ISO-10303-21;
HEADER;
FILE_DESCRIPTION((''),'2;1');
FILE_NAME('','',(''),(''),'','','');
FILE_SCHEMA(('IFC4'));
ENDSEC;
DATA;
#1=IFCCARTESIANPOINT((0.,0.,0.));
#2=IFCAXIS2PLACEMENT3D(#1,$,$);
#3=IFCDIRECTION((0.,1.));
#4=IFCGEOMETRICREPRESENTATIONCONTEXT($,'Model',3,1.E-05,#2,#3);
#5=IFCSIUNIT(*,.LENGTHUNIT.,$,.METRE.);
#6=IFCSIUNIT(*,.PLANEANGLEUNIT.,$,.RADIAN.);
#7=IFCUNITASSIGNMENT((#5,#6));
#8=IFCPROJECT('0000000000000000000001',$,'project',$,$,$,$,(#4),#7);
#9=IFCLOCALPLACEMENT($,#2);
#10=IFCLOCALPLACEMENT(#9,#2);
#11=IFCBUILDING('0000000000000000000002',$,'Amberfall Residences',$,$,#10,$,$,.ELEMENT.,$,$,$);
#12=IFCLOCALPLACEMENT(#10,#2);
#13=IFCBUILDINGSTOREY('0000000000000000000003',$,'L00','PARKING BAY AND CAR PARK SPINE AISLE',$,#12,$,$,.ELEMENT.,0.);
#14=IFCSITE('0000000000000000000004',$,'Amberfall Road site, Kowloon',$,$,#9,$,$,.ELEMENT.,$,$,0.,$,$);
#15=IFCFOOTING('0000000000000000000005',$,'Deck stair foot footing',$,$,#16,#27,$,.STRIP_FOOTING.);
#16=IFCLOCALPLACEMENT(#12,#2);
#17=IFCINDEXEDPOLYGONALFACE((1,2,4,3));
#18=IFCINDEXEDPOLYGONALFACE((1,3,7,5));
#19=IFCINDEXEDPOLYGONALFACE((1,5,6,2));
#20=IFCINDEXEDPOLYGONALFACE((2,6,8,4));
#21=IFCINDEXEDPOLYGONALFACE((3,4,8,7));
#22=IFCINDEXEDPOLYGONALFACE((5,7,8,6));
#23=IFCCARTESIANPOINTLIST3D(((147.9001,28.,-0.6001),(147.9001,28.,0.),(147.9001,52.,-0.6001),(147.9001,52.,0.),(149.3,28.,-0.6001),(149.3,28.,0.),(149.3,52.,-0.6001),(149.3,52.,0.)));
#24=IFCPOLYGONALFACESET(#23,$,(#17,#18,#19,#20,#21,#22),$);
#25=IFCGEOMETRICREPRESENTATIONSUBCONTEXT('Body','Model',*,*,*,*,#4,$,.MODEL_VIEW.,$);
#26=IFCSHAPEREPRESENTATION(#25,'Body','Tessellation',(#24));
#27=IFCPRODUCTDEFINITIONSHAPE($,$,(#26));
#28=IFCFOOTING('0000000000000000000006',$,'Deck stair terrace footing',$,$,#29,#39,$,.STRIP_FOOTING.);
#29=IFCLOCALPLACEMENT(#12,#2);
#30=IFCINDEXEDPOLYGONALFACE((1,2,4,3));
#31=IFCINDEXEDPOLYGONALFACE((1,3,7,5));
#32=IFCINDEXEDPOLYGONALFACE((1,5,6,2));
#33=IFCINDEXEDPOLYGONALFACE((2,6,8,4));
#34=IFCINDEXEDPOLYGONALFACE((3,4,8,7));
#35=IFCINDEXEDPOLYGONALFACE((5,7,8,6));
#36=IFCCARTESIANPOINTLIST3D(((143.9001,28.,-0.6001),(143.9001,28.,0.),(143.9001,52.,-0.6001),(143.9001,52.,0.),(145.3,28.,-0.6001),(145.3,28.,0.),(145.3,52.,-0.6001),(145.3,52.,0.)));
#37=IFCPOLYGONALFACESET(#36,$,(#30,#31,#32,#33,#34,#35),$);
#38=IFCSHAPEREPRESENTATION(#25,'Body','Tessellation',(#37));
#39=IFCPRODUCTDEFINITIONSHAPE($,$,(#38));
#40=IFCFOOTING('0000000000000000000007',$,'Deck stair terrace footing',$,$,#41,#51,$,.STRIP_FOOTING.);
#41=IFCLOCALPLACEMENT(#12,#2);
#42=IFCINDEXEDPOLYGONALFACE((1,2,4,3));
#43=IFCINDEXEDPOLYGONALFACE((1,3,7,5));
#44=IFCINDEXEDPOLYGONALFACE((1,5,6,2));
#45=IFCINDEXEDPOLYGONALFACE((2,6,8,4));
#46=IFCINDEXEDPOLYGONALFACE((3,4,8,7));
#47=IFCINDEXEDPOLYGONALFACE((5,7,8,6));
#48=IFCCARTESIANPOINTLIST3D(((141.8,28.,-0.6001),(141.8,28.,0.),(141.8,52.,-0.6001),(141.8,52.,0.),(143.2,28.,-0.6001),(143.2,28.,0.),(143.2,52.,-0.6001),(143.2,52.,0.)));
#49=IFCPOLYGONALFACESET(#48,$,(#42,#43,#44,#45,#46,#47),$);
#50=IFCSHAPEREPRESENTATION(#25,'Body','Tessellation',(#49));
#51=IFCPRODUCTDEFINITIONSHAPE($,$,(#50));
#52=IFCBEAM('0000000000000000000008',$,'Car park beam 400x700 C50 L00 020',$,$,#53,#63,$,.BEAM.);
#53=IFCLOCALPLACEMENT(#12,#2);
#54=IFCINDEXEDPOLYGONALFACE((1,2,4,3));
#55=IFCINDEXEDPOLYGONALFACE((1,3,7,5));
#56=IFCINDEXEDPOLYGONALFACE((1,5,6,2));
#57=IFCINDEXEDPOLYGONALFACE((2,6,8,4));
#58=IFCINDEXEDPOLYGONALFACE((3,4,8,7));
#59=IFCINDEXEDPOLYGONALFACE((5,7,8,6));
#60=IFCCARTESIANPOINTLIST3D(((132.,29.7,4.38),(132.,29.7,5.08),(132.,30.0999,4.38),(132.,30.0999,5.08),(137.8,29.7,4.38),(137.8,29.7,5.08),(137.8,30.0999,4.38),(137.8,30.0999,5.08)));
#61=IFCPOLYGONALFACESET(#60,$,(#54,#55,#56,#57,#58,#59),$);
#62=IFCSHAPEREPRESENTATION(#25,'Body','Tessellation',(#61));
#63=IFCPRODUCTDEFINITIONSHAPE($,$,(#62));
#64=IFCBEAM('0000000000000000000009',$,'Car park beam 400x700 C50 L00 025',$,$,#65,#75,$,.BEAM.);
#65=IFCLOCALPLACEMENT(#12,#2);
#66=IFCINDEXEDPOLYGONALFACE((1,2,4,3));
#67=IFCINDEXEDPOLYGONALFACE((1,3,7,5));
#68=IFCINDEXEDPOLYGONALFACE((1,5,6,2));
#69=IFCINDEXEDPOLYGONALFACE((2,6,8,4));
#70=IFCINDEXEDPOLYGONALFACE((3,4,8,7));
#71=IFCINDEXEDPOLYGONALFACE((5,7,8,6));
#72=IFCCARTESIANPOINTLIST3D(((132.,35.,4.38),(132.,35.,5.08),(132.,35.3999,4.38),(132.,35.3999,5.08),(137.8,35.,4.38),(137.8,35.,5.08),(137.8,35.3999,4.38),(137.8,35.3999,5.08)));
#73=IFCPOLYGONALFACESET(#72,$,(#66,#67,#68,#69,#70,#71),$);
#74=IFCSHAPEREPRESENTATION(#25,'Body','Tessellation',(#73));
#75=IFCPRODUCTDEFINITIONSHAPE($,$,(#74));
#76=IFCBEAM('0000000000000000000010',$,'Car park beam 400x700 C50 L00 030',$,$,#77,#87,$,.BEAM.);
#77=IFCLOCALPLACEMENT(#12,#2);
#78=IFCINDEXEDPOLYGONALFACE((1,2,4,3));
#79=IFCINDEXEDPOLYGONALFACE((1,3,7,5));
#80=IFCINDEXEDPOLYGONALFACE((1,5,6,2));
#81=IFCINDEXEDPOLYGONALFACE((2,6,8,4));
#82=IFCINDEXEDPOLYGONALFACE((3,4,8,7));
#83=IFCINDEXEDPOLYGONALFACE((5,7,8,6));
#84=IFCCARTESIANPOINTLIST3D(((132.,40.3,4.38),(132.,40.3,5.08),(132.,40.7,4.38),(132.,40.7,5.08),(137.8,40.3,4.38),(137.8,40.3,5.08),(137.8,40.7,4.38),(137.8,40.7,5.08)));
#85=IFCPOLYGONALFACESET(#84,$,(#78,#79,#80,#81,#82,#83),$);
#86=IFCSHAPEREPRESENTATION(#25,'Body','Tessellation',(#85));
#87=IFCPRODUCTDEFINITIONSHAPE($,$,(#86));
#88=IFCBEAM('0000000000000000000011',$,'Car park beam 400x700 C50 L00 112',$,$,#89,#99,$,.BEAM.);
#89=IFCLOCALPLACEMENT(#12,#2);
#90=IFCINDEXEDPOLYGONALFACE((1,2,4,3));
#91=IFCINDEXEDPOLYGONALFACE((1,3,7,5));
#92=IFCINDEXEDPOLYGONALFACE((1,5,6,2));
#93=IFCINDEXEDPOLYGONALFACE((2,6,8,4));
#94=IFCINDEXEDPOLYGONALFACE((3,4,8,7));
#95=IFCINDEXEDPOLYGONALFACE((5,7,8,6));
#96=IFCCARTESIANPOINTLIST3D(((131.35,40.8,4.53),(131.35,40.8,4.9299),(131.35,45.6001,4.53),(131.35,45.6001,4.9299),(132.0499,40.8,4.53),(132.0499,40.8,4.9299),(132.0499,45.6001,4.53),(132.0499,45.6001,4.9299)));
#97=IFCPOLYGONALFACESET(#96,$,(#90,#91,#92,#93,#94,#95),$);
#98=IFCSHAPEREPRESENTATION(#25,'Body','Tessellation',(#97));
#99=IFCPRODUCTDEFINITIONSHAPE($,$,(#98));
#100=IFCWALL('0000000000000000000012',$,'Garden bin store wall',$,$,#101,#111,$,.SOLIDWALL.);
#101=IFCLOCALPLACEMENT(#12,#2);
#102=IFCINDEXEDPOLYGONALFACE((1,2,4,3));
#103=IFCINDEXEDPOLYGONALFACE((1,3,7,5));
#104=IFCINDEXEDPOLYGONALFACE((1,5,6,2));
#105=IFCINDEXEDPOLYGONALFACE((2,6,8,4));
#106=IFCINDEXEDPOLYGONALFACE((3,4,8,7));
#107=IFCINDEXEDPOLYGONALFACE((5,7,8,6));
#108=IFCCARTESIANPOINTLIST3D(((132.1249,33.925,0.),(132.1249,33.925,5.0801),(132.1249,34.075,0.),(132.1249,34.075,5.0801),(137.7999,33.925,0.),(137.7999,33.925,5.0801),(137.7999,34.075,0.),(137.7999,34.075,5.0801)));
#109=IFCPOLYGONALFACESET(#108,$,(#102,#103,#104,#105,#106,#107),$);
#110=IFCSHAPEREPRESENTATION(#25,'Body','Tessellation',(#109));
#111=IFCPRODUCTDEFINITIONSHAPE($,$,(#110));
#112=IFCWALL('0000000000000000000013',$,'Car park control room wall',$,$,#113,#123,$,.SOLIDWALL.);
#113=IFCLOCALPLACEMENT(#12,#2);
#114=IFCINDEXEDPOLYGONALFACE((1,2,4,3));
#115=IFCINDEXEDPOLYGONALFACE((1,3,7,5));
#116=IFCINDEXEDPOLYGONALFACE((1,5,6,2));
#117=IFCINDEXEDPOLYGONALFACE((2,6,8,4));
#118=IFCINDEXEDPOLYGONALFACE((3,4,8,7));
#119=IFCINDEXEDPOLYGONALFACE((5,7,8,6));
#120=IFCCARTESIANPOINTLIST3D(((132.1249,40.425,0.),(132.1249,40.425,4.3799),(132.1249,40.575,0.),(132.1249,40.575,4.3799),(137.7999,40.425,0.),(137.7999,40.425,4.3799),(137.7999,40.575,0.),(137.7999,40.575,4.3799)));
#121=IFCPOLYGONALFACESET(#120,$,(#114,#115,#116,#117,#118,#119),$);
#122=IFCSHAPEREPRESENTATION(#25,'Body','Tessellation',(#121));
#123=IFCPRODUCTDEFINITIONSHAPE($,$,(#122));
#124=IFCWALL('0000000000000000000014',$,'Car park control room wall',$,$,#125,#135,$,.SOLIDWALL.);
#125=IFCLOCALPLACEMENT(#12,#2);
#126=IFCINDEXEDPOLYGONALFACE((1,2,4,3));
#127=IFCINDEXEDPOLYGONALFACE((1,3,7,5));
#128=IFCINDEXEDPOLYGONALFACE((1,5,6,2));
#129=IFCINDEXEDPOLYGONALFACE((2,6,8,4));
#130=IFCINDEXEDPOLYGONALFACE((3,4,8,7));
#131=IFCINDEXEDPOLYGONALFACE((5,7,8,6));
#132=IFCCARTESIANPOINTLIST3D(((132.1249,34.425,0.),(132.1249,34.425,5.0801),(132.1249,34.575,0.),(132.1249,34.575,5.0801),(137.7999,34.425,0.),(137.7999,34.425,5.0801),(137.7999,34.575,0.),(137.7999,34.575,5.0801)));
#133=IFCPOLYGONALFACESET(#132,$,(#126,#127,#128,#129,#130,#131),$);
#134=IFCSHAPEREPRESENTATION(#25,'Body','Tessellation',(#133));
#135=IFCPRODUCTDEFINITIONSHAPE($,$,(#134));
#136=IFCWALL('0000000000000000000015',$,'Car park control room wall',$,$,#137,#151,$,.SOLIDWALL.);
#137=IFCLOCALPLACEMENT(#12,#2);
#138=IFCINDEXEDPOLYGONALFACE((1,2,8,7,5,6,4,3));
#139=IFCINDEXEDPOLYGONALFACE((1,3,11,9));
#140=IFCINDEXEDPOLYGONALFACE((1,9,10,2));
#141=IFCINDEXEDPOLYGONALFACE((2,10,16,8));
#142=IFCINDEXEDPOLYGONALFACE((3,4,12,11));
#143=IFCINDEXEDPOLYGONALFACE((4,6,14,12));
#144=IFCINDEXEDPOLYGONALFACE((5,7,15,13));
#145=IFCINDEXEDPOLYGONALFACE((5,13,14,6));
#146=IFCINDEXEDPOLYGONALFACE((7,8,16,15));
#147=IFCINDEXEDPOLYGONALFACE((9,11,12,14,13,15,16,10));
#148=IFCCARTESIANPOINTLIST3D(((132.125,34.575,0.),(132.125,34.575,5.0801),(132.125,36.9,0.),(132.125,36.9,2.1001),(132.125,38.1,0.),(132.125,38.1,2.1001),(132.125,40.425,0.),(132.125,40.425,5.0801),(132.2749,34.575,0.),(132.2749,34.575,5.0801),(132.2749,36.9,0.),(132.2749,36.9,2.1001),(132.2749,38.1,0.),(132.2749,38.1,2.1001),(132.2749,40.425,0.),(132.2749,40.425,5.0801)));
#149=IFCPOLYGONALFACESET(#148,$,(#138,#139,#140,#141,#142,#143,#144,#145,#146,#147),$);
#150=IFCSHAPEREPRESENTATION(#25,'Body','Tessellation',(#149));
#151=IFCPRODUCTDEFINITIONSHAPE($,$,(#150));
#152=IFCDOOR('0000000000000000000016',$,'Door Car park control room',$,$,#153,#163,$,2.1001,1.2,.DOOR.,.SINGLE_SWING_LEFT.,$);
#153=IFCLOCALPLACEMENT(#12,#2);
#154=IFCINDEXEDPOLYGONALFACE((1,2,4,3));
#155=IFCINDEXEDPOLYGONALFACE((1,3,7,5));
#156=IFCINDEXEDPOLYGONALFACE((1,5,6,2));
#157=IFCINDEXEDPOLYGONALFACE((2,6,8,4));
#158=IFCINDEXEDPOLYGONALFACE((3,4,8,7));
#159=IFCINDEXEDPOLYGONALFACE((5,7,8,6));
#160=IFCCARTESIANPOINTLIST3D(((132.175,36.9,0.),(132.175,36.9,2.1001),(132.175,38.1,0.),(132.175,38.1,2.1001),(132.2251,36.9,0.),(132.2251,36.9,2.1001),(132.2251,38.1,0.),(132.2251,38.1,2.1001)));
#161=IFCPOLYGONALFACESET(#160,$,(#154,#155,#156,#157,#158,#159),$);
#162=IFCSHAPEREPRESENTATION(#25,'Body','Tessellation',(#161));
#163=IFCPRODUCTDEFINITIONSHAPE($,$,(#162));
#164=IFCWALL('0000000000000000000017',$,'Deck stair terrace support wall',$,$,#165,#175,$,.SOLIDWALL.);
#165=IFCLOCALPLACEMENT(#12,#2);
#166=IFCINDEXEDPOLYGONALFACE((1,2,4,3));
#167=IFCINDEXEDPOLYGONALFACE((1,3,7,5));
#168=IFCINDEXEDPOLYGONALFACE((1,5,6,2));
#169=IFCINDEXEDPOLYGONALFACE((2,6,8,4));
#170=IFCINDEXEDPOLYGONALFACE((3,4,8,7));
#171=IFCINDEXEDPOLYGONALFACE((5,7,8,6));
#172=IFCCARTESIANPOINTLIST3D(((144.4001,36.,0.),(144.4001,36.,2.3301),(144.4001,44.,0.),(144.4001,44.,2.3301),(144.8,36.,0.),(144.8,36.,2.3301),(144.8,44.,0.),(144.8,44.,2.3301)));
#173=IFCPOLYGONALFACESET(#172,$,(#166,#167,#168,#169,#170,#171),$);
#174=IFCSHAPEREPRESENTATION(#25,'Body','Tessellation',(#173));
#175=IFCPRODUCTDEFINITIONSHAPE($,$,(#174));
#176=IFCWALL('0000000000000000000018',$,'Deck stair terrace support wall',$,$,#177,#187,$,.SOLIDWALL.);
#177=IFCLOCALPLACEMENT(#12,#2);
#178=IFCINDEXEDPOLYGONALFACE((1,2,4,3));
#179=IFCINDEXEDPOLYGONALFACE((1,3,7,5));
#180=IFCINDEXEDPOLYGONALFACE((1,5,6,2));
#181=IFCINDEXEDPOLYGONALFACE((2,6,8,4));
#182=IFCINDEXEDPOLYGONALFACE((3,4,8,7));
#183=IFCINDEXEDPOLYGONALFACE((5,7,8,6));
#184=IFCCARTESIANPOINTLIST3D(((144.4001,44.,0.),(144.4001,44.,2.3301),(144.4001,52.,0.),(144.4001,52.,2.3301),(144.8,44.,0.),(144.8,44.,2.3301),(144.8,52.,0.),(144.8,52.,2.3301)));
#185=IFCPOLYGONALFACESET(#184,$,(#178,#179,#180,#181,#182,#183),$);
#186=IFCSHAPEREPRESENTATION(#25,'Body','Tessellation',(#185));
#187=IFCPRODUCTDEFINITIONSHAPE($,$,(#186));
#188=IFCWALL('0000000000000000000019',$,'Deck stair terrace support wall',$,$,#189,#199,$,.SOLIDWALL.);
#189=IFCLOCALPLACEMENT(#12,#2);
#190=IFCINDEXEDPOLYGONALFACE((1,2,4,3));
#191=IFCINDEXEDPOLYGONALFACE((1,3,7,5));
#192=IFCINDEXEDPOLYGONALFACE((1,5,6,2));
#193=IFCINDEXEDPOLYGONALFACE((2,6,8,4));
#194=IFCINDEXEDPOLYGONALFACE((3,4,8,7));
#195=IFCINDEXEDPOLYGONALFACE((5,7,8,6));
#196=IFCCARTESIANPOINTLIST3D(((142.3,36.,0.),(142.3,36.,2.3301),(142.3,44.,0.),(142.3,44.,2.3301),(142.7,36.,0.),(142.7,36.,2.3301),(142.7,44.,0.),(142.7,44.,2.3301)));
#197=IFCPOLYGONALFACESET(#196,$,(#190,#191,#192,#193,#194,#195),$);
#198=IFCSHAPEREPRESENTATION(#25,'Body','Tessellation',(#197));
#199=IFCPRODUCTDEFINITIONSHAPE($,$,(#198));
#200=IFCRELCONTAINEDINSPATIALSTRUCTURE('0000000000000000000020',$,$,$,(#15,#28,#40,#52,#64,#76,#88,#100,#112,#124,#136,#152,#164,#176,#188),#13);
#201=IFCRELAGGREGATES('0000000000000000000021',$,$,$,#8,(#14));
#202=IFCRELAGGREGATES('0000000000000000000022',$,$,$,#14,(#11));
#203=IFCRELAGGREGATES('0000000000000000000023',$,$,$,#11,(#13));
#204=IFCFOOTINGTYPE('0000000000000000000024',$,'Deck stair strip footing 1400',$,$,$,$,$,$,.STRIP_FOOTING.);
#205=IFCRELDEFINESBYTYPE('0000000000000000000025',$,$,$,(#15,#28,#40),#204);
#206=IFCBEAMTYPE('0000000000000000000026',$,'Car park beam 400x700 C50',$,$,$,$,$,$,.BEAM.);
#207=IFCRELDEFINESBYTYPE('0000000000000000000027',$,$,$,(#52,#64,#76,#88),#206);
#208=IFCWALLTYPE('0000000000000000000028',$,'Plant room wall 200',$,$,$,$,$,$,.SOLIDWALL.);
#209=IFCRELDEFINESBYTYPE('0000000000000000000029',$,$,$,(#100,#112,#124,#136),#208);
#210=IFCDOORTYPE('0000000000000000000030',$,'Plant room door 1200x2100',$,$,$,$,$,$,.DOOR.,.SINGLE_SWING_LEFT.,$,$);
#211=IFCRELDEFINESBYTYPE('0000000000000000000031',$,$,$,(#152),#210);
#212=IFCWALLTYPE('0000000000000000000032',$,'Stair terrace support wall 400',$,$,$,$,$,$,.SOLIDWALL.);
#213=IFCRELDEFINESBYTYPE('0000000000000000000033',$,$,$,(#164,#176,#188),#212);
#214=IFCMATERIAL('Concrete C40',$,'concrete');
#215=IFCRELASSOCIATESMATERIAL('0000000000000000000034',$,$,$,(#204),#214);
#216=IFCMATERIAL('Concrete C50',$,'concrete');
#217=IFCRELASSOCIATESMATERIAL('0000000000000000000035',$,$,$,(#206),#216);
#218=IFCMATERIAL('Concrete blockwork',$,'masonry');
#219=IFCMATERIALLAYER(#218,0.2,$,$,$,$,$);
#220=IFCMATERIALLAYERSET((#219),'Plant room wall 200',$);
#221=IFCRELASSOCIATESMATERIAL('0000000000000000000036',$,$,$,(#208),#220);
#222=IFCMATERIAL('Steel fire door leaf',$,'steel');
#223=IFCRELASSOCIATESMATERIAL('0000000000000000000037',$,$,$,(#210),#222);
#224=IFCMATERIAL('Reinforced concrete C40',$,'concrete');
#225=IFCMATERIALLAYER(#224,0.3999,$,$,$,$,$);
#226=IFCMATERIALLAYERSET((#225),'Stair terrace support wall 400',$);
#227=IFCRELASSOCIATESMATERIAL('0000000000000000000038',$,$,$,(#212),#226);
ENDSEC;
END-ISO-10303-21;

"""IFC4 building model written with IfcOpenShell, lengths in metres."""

from ifc_helpers import new_model, si_unit, direction, frame, frame_2d, origin, origin_2d, place, context, subcontext, project, spatial, rectangle, extrude, material, layer, layer_set, material_profile, profile_set, type_object, element, fill, save


model = new_model("IFC4")

# Units and contexts
model_context = context("Model", 3, precision=1e-05, world=origin(), true_north=direction((0.0, 1.0)))
body_context = subcontext(model_context, "Body", "Model", "MODEL_VIEW")
ifc_project = project(units=[si_unit("LENGTHUNIT", "METRE"), si_unit("PLANEANGLEUNIT", "RADIAN")], contexts=[model_context])

# Site, building, storey
site_placement = place(None, origin())
site = spatial("IfcSite", under=ifc_project, at=site_placement, Name="Amberfall Road site, Kowloon", CompositionType="ELEMENT", RefElevation=0.0)
building_placement = place(site_placement, origin())
building = spatial("IfcBuilding", under=site, at=building_placement, Name="Amberfall Residences", CompositionType="ELEMENT")
storey_placement = place(building_placement, origin())
storey = spatial("IfcBuildingStorey", under=building, at=storey_placement, Name="L00", Description="PARKING BAY AND CAR PARK SPINE AISLE", CompositionType="ELEMENT", Elevation=0.0)

# Footings
ifc_material_1 = material(Name="Concrete C40", Category="concrete")
footing_type = type_object("IfcFootingType", Name="Deck stair strip footing 1400", PredefinedType="STRIP_FOOTING", material=ifc_material_1)
for number, where, z_axis, x_axis, name in (
    (1, (148.6001, 40.0, -0.6001), (0.0, 0.0, 1.0), (1.0, 0.0, 0.0), "Deck stair foot footing"),
    (2, (144.6001, 40.0, -0.6001), (0.0, 0.0, 1.0), (1.0, 0.0, 0.0), "Deck stair terrace footing"),
    (3, (142.5, 40.0, -0.6001), (0.0, 0.0, 1.0), (1.0, 0.0, 0.0), "Deck stair terrace footing"),
):
    element("IfcFooting", number, at=place(storey_placement, frame(where, z_axis=z_axis, x_axis=x_axis)), inside=storey, type_object=footing_type, Name=name, PredefinedType="STRIP_FOOTING", context=body_context, shape_type="SweptSolid", body=[
        extrude(rectangle(XDim=1.3999, YDim=24.0, at=origin_2d()), origin(), (0.0, 0.0, 1.0), 0.6001),
    ])

# Beams
ifc_material_2 = material(Name="Concrete C50", Category="concrete")
ifc_material_profile = material_profile(ifc_material_2, rectangle(XDim=0.3999, YDim=0.7, at=origin_2d()), Name="RC 400x700")
ifc_profile_set = profile_set([ifc_material_profile], Name="Concrete C50")
beam_type = type_object("IfcBeamType", Name="Car park beam 400x700 C50", PredefinedType="BEAM", material=ifc_profile_set)
for number, where, z_axis, x_axis, name in (
    (4, (132.0, 29.8999, 4.73), (1.0, 0.0, 0.0), (0.0, 1.0, 0.0), "Car park beam 400x700 C50 L00 020"),
    (5, (132.0, 35.2, 4.73), (1.0, 0.0, 0.0), (0.0, 1.0, 0.0), "Car park beam 400x700 C50 L00 025"),
    (6, (132.0, 40.5, 4.73), (1.0, 0.0, 0.0), (0.0, 1.0, 0.0), "Car park beam 400x700 C50 L00 030"),
):
    element("IfcBeam", number, at=place(storey_placement, frame(where, z_axis=z_axis, x_axis=x_axis)), inside=storey, type_object=beam_type, Name=name, PredefinedType="BEAM", context=body_context, shape_type="SweptSolid", body=[
        extrude(rectangle(XDim=0.3999, YDim=0.7, at=origin_2d()), origin(), (0.0, 0.0, 1.0), 5.8),
    ])
beam_placement = place(storey_placement, frame((131.7, 40.8, 4.73), z_axis=(0.0, 1.0, 0.0), x_axis=(0.0, 0.0, 1.0)))
element("IfcBeam", 7, at=beam_placement, inside=storey, type_object=beam_type, Name="Car park beam 400x700 C50 L00 112", PredefinedType="BEAM", context=body_context, shape_type="SweptSolid", body=[
    extrude(rectangle(XDim=0.3999, YDim=0.7, at=origin_2d()), origin(), (0.0, 0.0, 1.0), 4.8),
])

# Walls
ifc_material_3 = material(Name="Concrete blockwork", Category="masonry")
ifc_layer_1 = layer(ifc_material_3, 0.2)
ifc_layer_set_1 = layer_set([ifc_layer_1], Name="Plant room wall 200")
wall_type_1 = type_object("IfcWallType", Name="Plant room wall 200", PredefinedType="SOLIDWALL", material=ifc_layer_set_1)
wall_1_placement = place(storey_placement, frame((132.125, 34.0, 0.0), z_axis=(0.0, 0.0, 1.0), x_axis=(1.0, 0.0, 0.0)))
element("IfcWall", 8, at=wall_1_placement, inside=storey, type_object=wall_type_1, Name="Garden bin store wall", PredefinedType="SOLIDWALL", context=body_context, shape_type="SweptSolid", body=[
    extrude(rectangle(XDim=5.675, YDim=0.1499, at=frame_2d((2.8374, 0.0))), origin(), (0.0, 0.0, 1.0), 5.0801),
])
wall_2_placement = place(storey_placement, frame((132.125, 40.5, 0.0), z_axis=(0.0, 0.0, 1.0), x_axis=(1.0, 0.0, 0.0)))
element("IfcWall", 9, at=wall_2_placement, inside=storey, type_object=wall_type_1, Name="Car park control room wall", PredefinedType="SOLIDWALL", context=body_context, shape_type="SweptSolid", body=[
    extrude(rectangle(XDim=5.675, YDim=0.1499, at=frame_2d((2.8374, 0.0))), origin(), (0.0, 0.0, 1.0), 4.3799),
])
wall_3_placement = place(storey_placement, frame((132.125, 34.5, 0.0), z_axis=(0.0, 0.0, 1.0), x_axis=(1.0, 0.0, 0.0)))
element("IfcWall", 10, at=wall_3_placement, inside=storey, type_object=wall_type_1, Name="Car park control room wall", PredefinedType="SOLIDWALL", context=body_context, shape_type="SweptSolid", body=[
    extrude(rectangle(XDim=5.675, YDim=0.1499, at=frame_2d((2.8374, 0.0))), origin(), (0.0, 0.0, 1.0), 5.0801),
])

# Wall, opening, door
wall_4_placement = place(storey_placement, frame((132.2, 34.575, 0.0), z_axis=(0.0, 0.0, 1.0), x_axis=(0.0, 1.0, 0.0)))
wall_4 = element("IfcWall", 11, at=wall_4_placement, inside=storey, type_object=wall_type_1, Name="Car park control room wall", PredefinedType="SOLIDWALL", context=body_context, shape_type="SweptSolid", body=[
    extrude(rectangle(XDim=5.8501, YDim=0.1499, at=frame_2d((2.925, 0.0))), origin(), (0.0, 0.0, 1.0), 5.0801),
])
opening_placement = place(wall_4_placement, frame((2.325, 0.0, 0.0)))
opening = element("IfcOpeningElement", 12, at=opening_placement, cuts=wall_4, PredefinedType="OPENING", context=body_context, shape_type="SweptSolid", body=[
    extrude(rectangle(XDim=1.2, YDim=2.1001, at=frame_2d((0.6001, 1.05))), frame((0.0, 0.085, 0.0), z_axis=(0.0, -1.0, 0.0), x_axis=(1.0, 0.0, 0.0)), (0.0, 0.0, 1.0), 0.1699),
])
ifc_material_4 = material(Name="Steel fire door leaf", Category="steel")
door_type = type_object("IfcDoorType", Name="Plant room door 1200x2100", OperationType="SINGLE_SWING_LEFT", PredefinedType="DOOR", material=ifc_material_4)
door_placement = place(opening_placement, origin())
door = element("IfcDoor", 13, at=door_placement, inside=storey, type_object=door_type, Name="Door Car park control room", OperationType="SINGLE_SWING_LEFT", OverallHeight=2.1001, OverallWidth=1.2, PredefinedType="DOOR", context=body_context, shape_type="SweptSolid", body=[
    extrude(rectangle(XDim=1.2, YDim=2.1001, at=frame_2d((0.6001, 1.05))), frame((0.0, 0.0249, 0.0), z_axis=(0.0, -1.0, 0.0), x_axis=(1.0, 0.0, 0.0)), (0.0, 0.0, 1.0), 0.05),
])
fill(opening, door)

# Walls
ifc_material_5 = material(Name="Reinforced concrete C40", Category="concrete")
ifc_layer_2 = layer(ifc_material_5, 0.3999)
ifc_layer_set_2 = layer_set([ifc_layer_2], Name="Stair terrace support wall 400")
wall_type_2 = type_object("IfcWallType", Name="Stair terrace support wall 400", PredefinedType="SOLIDWALL", material=ifc_layer_set_2)
for number, where, z_axis, x_axis, name in (
    (14, (144.6001, 36.0, 0.0), (0.0, 0.0, 1.0), (0.0, 1.0, 0.0), "Deck stair terrace support wall"),
    (15, (144.6001, 44.0, 0.0), (0.0, 0.0, 1.0), (0.0, 1.0, 0.0), "Deck stair terrace support wall"),
    (16, (142.5, 36.0, 0.0), (0.0, 0.0, 1.0), (0.0, 1.0, 0.0), "Deck stair terrace support wall"),
):
    element("IfcWall", number, at=place(storey_placement, frame(where, z_axis=z_axis, x_axis=x_axis)), inside=storey, type_object=wall_type_2, Name=name, PredefinedType="SOLIDWALL", context=body_context, shape_type="SweptSolid", body=[
        extrude(rectangle(XDim=8.0, YDim=0.3999, at=frame_2d((4.0, 0.0))), origin(), (0.0, 0.0, 1.0), 2.3301),
    ])

save(model, "model.ifc")
